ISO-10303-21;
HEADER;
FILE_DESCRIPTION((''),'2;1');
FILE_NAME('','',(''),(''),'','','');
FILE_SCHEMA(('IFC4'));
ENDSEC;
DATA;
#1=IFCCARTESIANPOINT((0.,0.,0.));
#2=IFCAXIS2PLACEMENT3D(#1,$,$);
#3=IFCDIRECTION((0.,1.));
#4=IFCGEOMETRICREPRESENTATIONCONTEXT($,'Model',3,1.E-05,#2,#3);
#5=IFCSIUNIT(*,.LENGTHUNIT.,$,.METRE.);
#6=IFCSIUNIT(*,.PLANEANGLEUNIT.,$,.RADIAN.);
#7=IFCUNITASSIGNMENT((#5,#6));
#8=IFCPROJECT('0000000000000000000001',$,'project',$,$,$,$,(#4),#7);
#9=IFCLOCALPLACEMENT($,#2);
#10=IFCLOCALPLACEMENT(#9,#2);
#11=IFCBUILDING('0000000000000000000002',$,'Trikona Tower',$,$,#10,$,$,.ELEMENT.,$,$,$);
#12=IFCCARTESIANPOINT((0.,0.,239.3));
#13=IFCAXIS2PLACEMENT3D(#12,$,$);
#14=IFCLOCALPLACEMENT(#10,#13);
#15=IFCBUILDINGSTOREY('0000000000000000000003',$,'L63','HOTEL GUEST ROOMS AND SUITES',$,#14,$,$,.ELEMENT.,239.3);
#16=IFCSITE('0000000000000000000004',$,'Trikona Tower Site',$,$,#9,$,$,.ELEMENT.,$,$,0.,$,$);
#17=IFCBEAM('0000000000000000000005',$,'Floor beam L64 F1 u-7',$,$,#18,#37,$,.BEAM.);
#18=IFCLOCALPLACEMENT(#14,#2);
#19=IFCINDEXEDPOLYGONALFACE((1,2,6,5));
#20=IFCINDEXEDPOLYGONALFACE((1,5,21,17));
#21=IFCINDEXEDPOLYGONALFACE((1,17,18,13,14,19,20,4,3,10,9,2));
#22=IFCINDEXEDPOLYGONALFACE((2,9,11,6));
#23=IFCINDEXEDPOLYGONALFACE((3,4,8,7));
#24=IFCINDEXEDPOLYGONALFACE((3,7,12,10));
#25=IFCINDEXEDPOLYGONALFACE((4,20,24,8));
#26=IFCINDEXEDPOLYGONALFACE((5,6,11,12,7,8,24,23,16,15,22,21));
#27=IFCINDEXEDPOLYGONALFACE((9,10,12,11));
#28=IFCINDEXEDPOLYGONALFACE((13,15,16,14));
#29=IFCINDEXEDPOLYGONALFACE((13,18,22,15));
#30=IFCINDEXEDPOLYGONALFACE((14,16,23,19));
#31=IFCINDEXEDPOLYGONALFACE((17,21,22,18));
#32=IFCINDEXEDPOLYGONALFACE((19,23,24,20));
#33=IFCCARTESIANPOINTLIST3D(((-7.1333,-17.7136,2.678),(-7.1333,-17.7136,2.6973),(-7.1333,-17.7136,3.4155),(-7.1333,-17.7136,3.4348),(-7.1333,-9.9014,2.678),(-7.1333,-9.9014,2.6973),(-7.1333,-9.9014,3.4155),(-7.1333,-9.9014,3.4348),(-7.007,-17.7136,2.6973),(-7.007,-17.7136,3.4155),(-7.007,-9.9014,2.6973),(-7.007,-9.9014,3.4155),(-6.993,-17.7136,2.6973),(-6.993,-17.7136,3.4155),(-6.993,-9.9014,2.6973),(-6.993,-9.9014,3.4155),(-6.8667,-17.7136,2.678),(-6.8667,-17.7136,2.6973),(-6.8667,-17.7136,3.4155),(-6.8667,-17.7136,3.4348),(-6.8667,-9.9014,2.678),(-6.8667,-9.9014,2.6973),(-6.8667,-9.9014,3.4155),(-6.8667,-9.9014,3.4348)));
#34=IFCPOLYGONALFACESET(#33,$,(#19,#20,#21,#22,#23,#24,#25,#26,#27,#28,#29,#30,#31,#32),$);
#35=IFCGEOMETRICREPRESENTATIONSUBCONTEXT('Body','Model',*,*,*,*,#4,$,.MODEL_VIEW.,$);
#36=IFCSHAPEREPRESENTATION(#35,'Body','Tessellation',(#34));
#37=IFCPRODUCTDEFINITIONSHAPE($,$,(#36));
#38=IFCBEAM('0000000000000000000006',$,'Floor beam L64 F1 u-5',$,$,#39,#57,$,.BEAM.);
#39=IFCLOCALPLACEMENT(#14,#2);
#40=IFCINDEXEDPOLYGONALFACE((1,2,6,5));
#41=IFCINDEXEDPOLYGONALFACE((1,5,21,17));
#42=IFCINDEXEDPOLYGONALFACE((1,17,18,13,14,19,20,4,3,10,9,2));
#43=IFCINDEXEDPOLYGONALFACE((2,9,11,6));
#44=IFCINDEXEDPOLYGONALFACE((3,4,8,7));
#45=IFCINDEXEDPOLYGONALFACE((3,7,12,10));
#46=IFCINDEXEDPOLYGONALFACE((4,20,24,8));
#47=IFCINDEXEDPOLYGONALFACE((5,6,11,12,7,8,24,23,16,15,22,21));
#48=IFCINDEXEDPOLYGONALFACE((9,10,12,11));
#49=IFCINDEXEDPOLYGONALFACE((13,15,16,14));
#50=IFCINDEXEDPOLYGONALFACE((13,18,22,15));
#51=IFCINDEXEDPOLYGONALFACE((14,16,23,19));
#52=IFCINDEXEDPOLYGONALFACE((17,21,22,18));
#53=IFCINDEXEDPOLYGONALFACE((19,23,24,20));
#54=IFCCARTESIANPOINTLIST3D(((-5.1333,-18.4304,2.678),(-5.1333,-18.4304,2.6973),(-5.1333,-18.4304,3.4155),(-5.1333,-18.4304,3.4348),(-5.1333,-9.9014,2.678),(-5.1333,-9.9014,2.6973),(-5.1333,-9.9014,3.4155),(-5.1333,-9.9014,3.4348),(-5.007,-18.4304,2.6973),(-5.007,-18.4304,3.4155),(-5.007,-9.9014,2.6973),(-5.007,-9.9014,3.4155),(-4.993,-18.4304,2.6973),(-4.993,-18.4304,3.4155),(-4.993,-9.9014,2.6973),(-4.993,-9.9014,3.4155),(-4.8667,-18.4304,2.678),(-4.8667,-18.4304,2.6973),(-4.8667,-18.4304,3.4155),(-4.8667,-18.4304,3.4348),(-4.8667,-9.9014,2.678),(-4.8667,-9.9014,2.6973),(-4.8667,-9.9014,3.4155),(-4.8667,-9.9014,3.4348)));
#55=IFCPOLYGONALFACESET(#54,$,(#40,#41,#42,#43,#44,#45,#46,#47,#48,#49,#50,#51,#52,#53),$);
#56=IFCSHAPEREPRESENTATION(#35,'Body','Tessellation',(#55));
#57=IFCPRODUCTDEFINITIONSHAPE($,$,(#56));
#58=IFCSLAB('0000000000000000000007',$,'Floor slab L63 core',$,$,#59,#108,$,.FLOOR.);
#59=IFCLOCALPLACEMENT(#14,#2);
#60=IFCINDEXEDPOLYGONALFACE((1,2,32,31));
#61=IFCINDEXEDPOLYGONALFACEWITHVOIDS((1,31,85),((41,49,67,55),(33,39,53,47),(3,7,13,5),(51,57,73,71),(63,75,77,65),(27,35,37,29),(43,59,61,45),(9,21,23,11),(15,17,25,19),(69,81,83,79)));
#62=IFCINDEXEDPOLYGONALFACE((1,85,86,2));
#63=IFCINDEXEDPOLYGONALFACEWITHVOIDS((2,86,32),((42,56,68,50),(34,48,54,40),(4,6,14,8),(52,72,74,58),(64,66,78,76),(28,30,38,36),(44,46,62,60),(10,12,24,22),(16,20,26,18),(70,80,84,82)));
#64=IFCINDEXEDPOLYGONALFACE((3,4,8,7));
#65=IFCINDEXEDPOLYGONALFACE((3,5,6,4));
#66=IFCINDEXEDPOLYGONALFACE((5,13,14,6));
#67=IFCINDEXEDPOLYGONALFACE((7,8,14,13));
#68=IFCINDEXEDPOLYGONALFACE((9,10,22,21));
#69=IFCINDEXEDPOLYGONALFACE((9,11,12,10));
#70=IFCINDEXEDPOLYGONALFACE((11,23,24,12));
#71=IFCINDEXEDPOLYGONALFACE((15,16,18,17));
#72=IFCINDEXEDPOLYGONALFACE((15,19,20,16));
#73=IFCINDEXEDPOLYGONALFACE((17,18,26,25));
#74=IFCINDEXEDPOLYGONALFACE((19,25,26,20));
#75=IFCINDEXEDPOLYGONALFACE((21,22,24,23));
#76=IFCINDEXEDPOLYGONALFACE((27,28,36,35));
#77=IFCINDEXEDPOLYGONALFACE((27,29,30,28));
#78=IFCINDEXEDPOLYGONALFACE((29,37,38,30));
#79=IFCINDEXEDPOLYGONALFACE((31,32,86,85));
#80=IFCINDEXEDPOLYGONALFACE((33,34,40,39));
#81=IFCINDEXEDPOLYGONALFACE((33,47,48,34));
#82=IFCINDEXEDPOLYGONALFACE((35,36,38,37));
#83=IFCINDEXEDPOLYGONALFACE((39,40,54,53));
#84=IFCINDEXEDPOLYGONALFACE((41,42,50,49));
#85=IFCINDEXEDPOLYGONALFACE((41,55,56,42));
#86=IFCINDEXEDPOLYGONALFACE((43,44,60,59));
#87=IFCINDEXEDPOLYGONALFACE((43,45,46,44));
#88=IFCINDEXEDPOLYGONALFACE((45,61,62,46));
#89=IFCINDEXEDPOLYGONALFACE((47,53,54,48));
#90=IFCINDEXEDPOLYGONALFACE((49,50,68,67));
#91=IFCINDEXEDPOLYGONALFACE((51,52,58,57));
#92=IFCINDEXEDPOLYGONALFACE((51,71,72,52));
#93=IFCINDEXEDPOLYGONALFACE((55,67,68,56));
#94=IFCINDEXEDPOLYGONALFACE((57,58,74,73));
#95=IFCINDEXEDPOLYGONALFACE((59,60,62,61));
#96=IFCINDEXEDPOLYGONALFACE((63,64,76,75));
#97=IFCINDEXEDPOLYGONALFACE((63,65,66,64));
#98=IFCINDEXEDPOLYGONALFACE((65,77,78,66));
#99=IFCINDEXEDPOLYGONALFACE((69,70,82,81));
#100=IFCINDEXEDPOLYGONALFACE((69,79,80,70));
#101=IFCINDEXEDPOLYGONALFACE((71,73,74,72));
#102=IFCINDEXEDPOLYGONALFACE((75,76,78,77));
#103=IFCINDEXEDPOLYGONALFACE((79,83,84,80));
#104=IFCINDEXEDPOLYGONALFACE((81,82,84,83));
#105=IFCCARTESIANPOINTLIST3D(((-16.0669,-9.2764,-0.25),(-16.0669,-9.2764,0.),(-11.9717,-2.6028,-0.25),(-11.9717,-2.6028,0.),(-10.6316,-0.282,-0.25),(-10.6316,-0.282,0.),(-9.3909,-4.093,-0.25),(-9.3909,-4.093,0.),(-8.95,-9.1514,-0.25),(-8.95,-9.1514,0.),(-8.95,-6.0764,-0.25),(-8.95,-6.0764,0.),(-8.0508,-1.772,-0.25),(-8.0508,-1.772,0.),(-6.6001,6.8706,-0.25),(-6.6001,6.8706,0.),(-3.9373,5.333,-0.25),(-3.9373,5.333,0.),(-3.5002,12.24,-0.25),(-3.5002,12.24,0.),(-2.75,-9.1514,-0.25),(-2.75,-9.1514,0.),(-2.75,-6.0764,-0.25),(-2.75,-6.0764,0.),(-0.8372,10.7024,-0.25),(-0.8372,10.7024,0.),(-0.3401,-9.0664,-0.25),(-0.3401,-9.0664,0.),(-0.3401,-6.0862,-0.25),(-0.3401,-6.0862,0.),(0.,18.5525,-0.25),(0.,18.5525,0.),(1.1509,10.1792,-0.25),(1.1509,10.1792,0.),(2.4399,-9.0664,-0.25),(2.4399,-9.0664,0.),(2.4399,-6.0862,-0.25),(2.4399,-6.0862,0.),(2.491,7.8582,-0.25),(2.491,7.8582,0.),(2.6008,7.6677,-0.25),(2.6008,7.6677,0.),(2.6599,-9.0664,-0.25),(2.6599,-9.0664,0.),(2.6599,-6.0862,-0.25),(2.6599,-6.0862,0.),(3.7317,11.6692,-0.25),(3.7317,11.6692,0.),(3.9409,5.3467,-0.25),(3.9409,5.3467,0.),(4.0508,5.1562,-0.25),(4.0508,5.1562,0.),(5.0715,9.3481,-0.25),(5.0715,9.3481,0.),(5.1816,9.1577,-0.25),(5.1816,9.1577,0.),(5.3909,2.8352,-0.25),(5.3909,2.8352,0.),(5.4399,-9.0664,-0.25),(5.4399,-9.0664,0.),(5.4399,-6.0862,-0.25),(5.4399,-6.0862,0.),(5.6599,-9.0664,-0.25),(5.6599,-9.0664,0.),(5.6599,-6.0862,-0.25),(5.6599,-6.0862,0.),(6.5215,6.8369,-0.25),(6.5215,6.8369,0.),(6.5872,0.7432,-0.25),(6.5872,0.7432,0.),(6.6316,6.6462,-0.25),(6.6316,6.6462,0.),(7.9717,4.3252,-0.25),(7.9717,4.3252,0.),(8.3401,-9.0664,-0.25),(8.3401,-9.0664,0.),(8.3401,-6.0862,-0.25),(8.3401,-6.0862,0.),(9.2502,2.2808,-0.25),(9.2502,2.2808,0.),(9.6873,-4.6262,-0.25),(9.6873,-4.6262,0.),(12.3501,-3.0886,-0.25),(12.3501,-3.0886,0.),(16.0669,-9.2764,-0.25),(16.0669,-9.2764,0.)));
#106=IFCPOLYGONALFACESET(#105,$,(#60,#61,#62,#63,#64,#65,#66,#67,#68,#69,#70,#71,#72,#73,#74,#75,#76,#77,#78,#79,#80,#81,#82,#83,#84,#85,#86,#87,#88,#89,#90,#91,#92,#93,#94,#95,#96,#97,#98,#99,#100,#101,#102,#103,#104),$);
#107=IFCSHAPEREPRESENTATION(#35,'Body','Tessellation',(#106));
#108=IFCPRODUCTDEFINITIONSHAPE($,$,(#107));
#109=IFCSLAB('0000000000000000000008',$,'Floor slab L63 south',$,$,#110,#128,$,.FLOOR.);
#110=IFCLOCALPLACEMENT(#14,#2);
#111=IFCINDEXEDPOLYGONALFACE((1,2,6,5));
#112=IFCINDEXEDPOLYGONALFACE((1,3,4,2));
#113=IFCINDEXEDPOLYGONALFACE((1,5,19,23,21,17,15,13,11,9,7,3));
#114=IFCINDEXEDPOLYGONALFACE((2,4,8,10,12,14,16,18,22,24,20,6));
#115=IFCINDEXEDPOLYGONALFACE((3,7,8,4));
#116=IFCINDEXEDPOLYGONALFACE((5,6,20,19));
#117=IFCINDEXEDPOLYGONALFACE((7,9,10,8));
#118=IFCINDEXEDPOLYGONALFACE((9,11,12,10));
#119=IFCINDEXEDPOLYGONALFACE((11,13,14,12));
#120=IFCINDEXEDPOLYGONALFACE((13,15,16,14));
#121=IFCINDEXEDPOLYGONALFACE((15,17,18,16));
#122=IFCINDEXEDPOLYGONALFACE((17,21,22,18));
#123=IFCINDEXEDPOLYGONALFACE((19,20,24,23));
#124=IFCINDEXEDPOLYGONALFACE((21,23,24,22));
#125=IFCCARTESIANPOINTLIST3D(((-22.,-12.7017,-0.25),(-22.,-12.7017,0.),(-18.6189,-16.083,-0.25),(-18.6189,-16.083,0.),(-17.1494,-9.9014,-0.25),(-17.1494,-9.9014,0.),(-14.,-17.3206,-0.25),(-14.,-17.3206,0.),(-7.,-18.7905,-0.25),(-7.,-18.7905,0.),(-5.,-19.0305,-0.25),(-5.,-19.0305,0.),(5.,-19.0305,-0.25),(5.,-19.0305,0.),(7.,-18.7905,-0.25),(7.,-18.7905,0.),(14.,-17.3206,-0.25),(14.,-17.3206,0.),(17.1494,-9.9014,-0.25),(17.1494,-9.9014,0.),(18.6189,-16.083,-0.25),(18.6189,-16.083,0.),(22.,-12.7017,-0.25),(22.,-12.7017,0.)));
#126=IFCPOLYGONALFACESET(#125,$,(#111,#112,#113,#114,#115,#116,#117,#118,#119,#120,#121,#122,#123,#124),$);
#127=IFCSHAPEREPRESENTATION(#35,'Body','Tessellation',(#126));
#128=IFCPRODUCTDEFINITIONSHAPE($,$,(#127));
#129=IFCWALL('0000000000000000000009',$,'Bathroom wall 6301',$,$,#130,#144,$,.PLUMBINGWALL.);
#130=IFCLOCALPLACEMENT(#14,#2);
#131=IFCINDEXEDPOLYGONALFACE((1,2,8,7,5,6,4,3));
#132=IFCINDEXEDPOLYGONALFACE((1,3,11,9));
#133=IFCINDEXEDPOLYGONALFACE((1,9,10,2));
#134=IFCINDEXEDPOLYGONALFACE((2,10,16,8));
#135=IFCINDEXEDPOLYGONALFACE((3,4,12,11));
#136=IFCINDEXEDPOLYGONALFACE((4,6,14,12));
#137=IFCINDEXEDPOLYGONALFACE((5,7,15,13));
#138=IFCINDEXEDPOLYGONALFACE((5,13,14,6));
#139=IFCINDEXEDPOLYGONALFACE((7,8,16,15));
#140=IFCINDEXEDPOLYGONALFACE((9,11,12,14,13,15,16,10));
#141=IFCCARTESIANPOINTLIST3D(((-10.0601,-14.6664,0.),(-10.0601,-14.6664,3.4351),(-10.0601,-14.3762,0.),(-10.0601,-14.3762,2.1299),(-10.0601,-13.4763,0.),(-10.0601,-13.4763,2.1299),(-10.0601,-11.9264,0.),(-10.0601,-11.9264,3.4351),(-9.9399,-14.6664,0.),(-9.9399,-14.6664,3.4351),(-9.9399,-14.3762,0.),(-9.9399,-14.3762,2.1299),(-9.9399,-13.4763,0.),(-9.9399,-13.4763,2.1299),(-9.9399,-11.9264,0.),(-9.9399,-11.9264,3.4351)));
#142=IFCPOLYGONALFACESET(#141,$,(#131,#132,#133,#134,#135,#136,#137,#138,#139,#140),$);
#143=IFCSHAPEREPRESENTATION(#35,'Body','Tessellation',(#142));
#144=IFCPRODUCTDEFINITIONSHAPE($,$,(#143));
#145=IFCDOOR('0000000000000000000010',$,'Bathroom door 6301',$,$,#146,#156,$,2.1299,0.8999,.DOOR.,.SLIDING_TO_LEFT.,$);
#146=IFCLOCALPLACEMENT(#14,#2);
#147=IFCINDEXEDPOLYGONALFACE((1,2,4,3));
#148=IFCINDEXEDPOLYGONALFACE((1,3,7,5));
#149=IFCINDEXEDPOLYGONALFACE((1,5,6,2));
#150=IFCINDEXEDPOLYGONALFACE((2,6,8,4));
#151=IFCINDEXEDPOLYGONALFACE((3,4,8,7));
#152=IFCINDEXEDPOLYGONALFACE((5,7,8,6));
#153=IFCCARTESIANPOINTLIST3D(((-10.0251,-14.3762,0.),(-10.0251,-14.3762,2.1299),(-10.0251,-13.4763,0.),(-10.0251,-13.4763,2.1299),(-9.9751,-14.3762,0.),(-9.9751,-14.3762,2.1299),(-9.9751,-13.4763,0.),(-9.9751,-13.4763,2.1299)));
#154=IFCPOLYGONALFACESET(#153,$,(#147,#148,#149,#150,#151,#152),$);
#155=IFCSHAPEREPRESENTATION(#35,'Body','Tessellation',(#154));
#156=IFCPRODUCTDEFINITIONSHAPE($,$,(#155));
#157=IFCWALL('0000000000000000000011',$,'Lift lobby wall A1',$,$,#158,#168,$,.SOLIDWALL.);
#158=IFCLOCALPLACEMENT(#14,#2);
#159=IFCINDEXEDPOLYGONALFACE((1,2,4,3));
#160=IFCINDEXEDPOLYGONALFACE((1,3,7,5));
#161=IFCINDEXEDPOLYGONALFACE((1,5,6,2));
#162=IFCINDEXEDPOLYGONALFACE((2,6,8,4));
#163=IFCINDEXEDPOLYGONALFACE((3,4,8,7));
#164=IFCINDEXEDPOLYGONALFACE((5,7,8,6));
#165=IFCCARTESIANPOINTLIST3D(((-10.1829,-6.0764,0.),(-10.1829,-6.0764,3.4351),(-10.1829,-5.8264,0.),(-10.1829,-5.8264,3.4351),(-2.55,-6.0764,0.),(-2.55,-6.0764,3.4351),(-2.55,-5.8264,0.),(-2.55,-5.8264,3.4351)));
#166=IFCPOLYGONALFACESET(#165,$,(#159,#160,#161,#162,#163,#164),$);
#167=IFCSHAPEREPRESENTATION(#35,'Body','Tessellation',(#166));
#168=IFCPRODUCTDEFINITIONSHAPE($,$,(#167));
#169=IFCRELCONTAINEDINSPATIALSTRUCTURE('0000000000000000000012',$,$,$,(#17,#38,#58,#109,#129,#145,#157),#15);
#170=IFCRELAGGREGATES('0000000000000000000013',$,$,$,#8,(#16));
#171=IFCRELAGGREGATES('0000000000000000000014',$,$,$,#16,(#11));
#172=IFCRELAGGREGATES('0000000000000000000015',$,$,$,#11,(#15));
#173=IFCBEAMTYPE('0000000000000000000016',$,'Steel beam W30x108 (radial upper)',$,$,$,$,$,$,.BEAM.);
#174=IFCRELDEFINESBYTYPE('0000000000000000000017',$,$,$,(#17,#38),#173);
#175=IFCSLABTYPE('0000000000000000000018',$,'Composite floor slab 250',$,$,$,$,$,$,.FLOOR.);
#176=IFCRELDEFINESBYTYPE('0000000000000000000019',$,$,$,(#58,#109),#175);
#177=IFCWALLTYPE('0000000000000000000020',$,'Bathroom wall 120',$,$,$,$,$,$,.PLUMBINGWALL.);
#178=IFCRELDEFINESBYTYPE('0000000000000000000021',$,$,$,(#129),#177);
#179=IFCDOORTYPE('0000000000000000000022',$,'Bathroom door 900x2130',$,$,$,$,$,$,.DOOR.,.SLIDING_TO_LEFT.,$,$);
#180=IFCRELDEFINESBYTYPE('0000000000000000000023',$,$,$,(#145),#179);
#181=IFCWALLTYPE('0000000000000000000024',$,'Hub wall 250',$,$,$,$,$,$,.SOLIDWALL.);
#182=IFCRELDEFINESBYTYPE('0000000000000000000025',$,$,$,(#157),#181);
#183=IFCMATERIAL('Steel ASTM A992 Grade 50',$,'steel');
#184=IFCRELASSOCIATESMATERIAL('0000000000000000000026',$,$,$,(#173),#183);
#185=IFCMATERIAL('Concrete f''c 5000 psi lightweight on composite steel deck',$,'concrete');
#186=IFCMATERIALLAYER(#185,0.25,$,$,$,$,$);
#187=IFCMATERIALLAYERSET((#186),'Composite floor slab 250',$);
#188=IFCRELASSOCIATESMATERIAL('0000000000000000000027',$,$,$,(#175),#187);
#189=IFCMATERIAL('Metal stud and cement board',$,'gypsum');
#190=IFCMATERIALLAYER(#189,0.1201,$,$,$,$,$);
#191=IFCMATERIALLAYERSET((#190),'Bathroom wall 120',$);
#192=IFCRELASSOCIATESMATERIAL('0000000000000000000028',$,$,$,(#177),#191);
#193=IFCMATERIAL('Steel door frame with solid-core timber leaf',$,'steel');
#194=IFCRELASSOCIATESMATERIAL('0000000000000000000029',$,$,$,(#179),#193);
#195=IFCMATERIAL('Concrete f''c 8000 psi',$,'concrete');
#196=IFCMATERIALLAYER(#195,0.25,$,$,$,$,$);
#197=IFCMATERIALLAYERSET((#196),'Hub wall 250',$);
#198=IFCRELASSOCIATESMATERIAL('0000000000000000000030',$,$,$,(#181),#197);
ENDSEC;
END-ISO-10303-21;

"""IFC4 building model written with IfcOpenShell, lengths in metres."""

from ifc_helpers import new_model, si_unit, direction, frame, frame_2d, origin, origin_2d, place, context, subcontext, project, spatial, polyline, rectangle, i_section, outline, extrude, material, layer, layer_set, material_profile, profile_set, type_object, element, fill, save


model = new_model("IFC4")

# Units and contexts
model_context = context("Model", 3, precision=1e-05, world=origin(), true_north=direction((0.0, 1.0)))
body_context = subcontext(model_context, "Body", "Model", "MODEL_VIEW")
ifc_project = project(units=[si_unit("LENGTHUNIT", "METRE"), si_unit("PLANEANGLEUNIT", "RADIAN")], contexts=[model_context])

# Site, building, storey
site_placement = place(None, origin())
site = spatial("IfcSite", under=ifc_project, at=site_placement, Name="Trikona Tower Site", CompositionType="ELEMENT", RefElevation=0.0)
building_placement = place(site_placement, origin())
building = spatial("IfcBuilding", under=site, at=building_placement, Name="Trikona Tower", CompositionType="ELEMENT")
storey_placement = place(building_placement, frame((0.0, 0.0, 239.3)))
storey = spatial("IfcBuildingStorey", under=building, at=storey_placement, Name="L63", Description="HOTEL GUEST ROOMS AND SUITES", CompositionType="ELEMENT", Elevation=239.3)

# Beams
ifc_material_1 = material(Name="Steel ASTM A992 Grade 50", Category="steel")
ifc_material_profile = material_profile(ifc_material_1, i_section(OverallWidth=0.2666, OverallDepth=0.7568, WebThickness=0.0139, FlangeThickness=0.0193, at=origin_2d()), Name="W30X108")
ifc_profile_set = profile_set([ifc_material_profile], Name="Steel ASTM A992 Grade 50")
beam_type = type_object("IfcBeamType", Name="Steel beam W30x108 (radial upper)", PredefinedType="BEAM", material=ifc_profile_set)
beam_1_placement = place(storey_placement, frame((-7.0, -9.9014, 3.0564), z_axis=(0.0, -1.0, 0.0), x_axis=(1.0, 0.0, 0.0)))
element("IfcBeam", 1, at=beam_1_placement, inside=storey, type_object=beam_type, Name="Floor beam L64 F1 u-7", PredefinedType="BEAM", context=body_context, shape_type="SweptSolid", body=[
    extrude(i_section(OverallWidth=0.2666, OverallDepth=0.7568, WebThickness=0.0139, FlangeThickness=0.0193, at=origin_2d()), origin(), (0.0, 0.0, 1.0), 7.8123),
])
beam_2_placement = place(storey_placement, frame((-5.0, -9.9014, 3.0564), z_axis=(0.0, -1.0, 0.0), x_axis=(1.0, 0.0, 0.0)))
element("IfcBeam", 2, at=beam_2_placement, inside=storey, type_object=beam_type, Name="Floor beam L64 F1 u-5", PredefinedType="BEAM", context=body_context, shape_type="SweptSolid", body=[
    extrude(i_section(OverallWidth=0.2666, OverallDepth=0.7568, WebThickness=0.0139, FlangeThickness=0.0193, at=origin_2d()), origin(), (0.0, 0.0, 1.0), 8.5291),
])

# Slabs
ifc_material_2 = material(Name="Concrete f'c 5000 psi lightweight on composite steel deck", Category="concrete")
ifc_layer_1 = layer(ifc_material_2, 0.25)
ifc_layer_set_1 = layer_set([ifc_layer_1], Name="Composite floor slab 250")
slab_type = type_object("IfcSlabType", Name="Composite floor slab 250", PredefinedType="FLOOR", material=ifc_layer_set_1)
slab_1_placement = place(storey_placement, frame((0.0, 0.0, -0.25)))
element("IfcSlab", 3, at=slab_1_placement, inside=storey, type_object=slab_type, Name="Floor slab L63 core", PredefinedType="FLOOR", context=body_context, shape_type="SweptSolid", body=[
    extrude(outline(polyline([(-16.0669, -9.2764), (16.0669, -9.2764), (0.0, 18.5525), (-16.0669, -9.2764)]), holes=[polyline([(6.5872, 0.7432), (9.6873, -4.6262), (12.3501, -3.0886), (9.2502, 2.2808), (6.5872, 0.7432)]), polyline([(5.6599, -6.0862), (5.6599, -9.0664), (8.3401, -9.0664), (8.3401, -6.0862), (5.6599, -6.0862)]), polyline([(6.6316, 6.6462), (4.0508, 5.1562), (5.3909, 2.8352), (7.9717, 4.3252), (6.6316, 6.6462)]), polyline([(6.5215, 6.8369), (5.1816, 9.1577), (2.6008, 7.6677), (3.9409, 5.3467), (6.5215, 6.8369)]), polyline([(2.6599, -9.0664), (5.4399, -9.0664), (5.4399, -6.0862), (2.6599, -6.0862), (2.6599, -9.0664)]), polyline([(2.491, 7.8582), (5.0715, 9.3481), (3.7317, 11.6692), (1.1509, 10.1792), (2.491, 7.8582)]), polyline([(2.4399, -9.0664), (2.4399, -6.0862), (-0.3401, -6.0862), (-0.3401, -9.0664), (2.4399, -9.0664)]), polyline([(-3.9373, 5.333), (-0.8372, 10.7024), (-3.5002, 12.24), (-6.6001, 6.8706), (-3.9373, 5.333)]), polyline([(-2.75, -6.0764), (-8.95, -6.0764), (-8.95, -9.1514), (-2.75, -9.1514), (-2.75, -6.0764)]), polyline([(-11.9717, -2.6028), (-9.3909, -4.093), (-8.0508, -1.772), (-10.6316, -0.282), (-11.9717, -2.6028)])]), origin(), (0.0, 0.0, 1.0), 0.25),
])
slab_2_placement = place(storey_placement, frame((0.0, 0.0, -0.25)))
element("IfcSlab", 4, at=slab_2_placement, inside=storey, type_object=slab_type, Name="Floor slab L63 south", PredefinedType="FLOOR", context=body_context, shape_type="SweptSolid", body=[
    extrude(outline(polyline([(18.6189, -16.083), (22.0, -12.7017), (17.1494, -9.9014), (-17.1494, -9.9014), (-22.0, -12.7017), (-18.6189, -16.083), (-14.0, -17.3206), (-7.0, -18.7905), (-5.0, -19.0305), (5.0, -19.0305), (7.0, -18.7905), (14.0, -17.3206), (18.6189, -16.083)])), origin(), (0.0, 0.0, 1.0), 0.25),
])

# Wall, opening, door
ifc_material_3 = material(Name="Metal stud and cement board", Category="gypsum")
ifc_layer_2 = layer(ifc_material_3, 0.1201)
ifc_layer_set_2 = layer_set([ifc_layer_2], Name="Bathroom wall 120")
wall_type_1 = type_object("IfcWallType", Name="Bathroom wall 120", PredefinedType="PLUMBINGWALL", material=ifc_layer_set_2)
wall_1_placement = place(storey_placement, frame((-10.0, -11.9263, 0.0), z_axis=(0.0, 0.0, 1.0), x_axis=(0.0, -1.0, 0.0)))
wall_1 = element("IfcWall", 5, at=wall_1_placement, inside=storey, type_object=wall_type_1, Name="Bathroom wall 6301", PredefinedType="PLUMBINGWALL", context=body_context, shape_type="SweptSolid", body=[
    extrude(rectangle(XDim=2.74, YDim=0.1201, at=frame_2d((1.3701, 0.0))), origin(), (0.0, 0.0, 1.0), 3.4351),
])
opening_1_placement = place(wall_1_placement, frame((1.55, 0.0, 0.0)))
opening_1 = element("IfcOpeningElement", 6, at=opening_1_placement, cuts=wall_1, PredefinedType="OPENING", context=body_context, shape_type="SweptSolid", body=[
    extrude(rectangle(XDim=0.8999, YDim=2.1299, at=frame_2d((0.45, 1.0649))), frame((0.0, 0.0701, 0.0), z_axis=(0.0, -1.0, 0.0), x_axis=(1.0, 0.0, 0.0)), (0.0, 0.0, 1.0), 0.1401),
])
ifc_material_4 = material(Name="Steel door frame with solid-core timber leaf", Category="steel")
door_type_1 = type_object("IfcDoorType", Name="Bathroom door 900x2130", OperationType="SLIDING_TO_LEFT", PredefinedType="DOOR", material=ifc_material_4)
door_1_placement = place(opening_1_placement, origin())
door_1 = element("IfcDoor", 7, at=door_1_placement, inside=storey, type_object=door_type_1, Name="Bathroom door 6301", OperationType="SLIDING_TO_LEFT", OverallHeight=2.1299, OverallWidth=0.8999, PredefinedType="DOOR", context=body_context, shape_type="SweptSolid", body=[
    extrude(rectangle(XDim=0.8999, YDim=2.1299, at=frame_2d((0.45, 1.0649))), frame((0.0, 0.0249, 0.0), z_axis=(0.0, -1.0, 0.0), x_axis=(1.0, 0.0, 0.0)), (0.0, 0.0, 1.0), 0.05),
])
fill(opening_1, door_1)

# Wall
ifc_material_5 = material(Name="Concrete f'c 8000 psi", Category="concrete")
ifc_layer_3 = layer(ifc_material_5, 0.25)
ifc_layer_set_3 = layer_set([ifc_layer_3], Name="Hub wall 250")
wall_type_2 = type_object("IfcWallType", Name="Hub wall 250", PredefinedType="SOLIDWALL", material=ifc_layer_set_3)
wall_2_placement = place(storey_placement, frame((-10.1829, -5.9514, 0.0), z_axis=(0.0, 0.0, 1.0), x_axis=(1.0, 0.0, 0.0)))
element("IfcWall", 8, at=wall_2_placement, inside=storey, type_object=wall_type_2, Name="Lift lobby wall A1", PredefinedType="SOLIDWALL", context=body_context, shape_type="SweptSolid", body=[
    extrude(rectangle(XDim=7.6328, YDim=0.25, at=frame_2d((3.8164, 0.0))), origin(), (0.0, 0.0, 1.0), 3.4351),
])

save(model, "model.ifc")
